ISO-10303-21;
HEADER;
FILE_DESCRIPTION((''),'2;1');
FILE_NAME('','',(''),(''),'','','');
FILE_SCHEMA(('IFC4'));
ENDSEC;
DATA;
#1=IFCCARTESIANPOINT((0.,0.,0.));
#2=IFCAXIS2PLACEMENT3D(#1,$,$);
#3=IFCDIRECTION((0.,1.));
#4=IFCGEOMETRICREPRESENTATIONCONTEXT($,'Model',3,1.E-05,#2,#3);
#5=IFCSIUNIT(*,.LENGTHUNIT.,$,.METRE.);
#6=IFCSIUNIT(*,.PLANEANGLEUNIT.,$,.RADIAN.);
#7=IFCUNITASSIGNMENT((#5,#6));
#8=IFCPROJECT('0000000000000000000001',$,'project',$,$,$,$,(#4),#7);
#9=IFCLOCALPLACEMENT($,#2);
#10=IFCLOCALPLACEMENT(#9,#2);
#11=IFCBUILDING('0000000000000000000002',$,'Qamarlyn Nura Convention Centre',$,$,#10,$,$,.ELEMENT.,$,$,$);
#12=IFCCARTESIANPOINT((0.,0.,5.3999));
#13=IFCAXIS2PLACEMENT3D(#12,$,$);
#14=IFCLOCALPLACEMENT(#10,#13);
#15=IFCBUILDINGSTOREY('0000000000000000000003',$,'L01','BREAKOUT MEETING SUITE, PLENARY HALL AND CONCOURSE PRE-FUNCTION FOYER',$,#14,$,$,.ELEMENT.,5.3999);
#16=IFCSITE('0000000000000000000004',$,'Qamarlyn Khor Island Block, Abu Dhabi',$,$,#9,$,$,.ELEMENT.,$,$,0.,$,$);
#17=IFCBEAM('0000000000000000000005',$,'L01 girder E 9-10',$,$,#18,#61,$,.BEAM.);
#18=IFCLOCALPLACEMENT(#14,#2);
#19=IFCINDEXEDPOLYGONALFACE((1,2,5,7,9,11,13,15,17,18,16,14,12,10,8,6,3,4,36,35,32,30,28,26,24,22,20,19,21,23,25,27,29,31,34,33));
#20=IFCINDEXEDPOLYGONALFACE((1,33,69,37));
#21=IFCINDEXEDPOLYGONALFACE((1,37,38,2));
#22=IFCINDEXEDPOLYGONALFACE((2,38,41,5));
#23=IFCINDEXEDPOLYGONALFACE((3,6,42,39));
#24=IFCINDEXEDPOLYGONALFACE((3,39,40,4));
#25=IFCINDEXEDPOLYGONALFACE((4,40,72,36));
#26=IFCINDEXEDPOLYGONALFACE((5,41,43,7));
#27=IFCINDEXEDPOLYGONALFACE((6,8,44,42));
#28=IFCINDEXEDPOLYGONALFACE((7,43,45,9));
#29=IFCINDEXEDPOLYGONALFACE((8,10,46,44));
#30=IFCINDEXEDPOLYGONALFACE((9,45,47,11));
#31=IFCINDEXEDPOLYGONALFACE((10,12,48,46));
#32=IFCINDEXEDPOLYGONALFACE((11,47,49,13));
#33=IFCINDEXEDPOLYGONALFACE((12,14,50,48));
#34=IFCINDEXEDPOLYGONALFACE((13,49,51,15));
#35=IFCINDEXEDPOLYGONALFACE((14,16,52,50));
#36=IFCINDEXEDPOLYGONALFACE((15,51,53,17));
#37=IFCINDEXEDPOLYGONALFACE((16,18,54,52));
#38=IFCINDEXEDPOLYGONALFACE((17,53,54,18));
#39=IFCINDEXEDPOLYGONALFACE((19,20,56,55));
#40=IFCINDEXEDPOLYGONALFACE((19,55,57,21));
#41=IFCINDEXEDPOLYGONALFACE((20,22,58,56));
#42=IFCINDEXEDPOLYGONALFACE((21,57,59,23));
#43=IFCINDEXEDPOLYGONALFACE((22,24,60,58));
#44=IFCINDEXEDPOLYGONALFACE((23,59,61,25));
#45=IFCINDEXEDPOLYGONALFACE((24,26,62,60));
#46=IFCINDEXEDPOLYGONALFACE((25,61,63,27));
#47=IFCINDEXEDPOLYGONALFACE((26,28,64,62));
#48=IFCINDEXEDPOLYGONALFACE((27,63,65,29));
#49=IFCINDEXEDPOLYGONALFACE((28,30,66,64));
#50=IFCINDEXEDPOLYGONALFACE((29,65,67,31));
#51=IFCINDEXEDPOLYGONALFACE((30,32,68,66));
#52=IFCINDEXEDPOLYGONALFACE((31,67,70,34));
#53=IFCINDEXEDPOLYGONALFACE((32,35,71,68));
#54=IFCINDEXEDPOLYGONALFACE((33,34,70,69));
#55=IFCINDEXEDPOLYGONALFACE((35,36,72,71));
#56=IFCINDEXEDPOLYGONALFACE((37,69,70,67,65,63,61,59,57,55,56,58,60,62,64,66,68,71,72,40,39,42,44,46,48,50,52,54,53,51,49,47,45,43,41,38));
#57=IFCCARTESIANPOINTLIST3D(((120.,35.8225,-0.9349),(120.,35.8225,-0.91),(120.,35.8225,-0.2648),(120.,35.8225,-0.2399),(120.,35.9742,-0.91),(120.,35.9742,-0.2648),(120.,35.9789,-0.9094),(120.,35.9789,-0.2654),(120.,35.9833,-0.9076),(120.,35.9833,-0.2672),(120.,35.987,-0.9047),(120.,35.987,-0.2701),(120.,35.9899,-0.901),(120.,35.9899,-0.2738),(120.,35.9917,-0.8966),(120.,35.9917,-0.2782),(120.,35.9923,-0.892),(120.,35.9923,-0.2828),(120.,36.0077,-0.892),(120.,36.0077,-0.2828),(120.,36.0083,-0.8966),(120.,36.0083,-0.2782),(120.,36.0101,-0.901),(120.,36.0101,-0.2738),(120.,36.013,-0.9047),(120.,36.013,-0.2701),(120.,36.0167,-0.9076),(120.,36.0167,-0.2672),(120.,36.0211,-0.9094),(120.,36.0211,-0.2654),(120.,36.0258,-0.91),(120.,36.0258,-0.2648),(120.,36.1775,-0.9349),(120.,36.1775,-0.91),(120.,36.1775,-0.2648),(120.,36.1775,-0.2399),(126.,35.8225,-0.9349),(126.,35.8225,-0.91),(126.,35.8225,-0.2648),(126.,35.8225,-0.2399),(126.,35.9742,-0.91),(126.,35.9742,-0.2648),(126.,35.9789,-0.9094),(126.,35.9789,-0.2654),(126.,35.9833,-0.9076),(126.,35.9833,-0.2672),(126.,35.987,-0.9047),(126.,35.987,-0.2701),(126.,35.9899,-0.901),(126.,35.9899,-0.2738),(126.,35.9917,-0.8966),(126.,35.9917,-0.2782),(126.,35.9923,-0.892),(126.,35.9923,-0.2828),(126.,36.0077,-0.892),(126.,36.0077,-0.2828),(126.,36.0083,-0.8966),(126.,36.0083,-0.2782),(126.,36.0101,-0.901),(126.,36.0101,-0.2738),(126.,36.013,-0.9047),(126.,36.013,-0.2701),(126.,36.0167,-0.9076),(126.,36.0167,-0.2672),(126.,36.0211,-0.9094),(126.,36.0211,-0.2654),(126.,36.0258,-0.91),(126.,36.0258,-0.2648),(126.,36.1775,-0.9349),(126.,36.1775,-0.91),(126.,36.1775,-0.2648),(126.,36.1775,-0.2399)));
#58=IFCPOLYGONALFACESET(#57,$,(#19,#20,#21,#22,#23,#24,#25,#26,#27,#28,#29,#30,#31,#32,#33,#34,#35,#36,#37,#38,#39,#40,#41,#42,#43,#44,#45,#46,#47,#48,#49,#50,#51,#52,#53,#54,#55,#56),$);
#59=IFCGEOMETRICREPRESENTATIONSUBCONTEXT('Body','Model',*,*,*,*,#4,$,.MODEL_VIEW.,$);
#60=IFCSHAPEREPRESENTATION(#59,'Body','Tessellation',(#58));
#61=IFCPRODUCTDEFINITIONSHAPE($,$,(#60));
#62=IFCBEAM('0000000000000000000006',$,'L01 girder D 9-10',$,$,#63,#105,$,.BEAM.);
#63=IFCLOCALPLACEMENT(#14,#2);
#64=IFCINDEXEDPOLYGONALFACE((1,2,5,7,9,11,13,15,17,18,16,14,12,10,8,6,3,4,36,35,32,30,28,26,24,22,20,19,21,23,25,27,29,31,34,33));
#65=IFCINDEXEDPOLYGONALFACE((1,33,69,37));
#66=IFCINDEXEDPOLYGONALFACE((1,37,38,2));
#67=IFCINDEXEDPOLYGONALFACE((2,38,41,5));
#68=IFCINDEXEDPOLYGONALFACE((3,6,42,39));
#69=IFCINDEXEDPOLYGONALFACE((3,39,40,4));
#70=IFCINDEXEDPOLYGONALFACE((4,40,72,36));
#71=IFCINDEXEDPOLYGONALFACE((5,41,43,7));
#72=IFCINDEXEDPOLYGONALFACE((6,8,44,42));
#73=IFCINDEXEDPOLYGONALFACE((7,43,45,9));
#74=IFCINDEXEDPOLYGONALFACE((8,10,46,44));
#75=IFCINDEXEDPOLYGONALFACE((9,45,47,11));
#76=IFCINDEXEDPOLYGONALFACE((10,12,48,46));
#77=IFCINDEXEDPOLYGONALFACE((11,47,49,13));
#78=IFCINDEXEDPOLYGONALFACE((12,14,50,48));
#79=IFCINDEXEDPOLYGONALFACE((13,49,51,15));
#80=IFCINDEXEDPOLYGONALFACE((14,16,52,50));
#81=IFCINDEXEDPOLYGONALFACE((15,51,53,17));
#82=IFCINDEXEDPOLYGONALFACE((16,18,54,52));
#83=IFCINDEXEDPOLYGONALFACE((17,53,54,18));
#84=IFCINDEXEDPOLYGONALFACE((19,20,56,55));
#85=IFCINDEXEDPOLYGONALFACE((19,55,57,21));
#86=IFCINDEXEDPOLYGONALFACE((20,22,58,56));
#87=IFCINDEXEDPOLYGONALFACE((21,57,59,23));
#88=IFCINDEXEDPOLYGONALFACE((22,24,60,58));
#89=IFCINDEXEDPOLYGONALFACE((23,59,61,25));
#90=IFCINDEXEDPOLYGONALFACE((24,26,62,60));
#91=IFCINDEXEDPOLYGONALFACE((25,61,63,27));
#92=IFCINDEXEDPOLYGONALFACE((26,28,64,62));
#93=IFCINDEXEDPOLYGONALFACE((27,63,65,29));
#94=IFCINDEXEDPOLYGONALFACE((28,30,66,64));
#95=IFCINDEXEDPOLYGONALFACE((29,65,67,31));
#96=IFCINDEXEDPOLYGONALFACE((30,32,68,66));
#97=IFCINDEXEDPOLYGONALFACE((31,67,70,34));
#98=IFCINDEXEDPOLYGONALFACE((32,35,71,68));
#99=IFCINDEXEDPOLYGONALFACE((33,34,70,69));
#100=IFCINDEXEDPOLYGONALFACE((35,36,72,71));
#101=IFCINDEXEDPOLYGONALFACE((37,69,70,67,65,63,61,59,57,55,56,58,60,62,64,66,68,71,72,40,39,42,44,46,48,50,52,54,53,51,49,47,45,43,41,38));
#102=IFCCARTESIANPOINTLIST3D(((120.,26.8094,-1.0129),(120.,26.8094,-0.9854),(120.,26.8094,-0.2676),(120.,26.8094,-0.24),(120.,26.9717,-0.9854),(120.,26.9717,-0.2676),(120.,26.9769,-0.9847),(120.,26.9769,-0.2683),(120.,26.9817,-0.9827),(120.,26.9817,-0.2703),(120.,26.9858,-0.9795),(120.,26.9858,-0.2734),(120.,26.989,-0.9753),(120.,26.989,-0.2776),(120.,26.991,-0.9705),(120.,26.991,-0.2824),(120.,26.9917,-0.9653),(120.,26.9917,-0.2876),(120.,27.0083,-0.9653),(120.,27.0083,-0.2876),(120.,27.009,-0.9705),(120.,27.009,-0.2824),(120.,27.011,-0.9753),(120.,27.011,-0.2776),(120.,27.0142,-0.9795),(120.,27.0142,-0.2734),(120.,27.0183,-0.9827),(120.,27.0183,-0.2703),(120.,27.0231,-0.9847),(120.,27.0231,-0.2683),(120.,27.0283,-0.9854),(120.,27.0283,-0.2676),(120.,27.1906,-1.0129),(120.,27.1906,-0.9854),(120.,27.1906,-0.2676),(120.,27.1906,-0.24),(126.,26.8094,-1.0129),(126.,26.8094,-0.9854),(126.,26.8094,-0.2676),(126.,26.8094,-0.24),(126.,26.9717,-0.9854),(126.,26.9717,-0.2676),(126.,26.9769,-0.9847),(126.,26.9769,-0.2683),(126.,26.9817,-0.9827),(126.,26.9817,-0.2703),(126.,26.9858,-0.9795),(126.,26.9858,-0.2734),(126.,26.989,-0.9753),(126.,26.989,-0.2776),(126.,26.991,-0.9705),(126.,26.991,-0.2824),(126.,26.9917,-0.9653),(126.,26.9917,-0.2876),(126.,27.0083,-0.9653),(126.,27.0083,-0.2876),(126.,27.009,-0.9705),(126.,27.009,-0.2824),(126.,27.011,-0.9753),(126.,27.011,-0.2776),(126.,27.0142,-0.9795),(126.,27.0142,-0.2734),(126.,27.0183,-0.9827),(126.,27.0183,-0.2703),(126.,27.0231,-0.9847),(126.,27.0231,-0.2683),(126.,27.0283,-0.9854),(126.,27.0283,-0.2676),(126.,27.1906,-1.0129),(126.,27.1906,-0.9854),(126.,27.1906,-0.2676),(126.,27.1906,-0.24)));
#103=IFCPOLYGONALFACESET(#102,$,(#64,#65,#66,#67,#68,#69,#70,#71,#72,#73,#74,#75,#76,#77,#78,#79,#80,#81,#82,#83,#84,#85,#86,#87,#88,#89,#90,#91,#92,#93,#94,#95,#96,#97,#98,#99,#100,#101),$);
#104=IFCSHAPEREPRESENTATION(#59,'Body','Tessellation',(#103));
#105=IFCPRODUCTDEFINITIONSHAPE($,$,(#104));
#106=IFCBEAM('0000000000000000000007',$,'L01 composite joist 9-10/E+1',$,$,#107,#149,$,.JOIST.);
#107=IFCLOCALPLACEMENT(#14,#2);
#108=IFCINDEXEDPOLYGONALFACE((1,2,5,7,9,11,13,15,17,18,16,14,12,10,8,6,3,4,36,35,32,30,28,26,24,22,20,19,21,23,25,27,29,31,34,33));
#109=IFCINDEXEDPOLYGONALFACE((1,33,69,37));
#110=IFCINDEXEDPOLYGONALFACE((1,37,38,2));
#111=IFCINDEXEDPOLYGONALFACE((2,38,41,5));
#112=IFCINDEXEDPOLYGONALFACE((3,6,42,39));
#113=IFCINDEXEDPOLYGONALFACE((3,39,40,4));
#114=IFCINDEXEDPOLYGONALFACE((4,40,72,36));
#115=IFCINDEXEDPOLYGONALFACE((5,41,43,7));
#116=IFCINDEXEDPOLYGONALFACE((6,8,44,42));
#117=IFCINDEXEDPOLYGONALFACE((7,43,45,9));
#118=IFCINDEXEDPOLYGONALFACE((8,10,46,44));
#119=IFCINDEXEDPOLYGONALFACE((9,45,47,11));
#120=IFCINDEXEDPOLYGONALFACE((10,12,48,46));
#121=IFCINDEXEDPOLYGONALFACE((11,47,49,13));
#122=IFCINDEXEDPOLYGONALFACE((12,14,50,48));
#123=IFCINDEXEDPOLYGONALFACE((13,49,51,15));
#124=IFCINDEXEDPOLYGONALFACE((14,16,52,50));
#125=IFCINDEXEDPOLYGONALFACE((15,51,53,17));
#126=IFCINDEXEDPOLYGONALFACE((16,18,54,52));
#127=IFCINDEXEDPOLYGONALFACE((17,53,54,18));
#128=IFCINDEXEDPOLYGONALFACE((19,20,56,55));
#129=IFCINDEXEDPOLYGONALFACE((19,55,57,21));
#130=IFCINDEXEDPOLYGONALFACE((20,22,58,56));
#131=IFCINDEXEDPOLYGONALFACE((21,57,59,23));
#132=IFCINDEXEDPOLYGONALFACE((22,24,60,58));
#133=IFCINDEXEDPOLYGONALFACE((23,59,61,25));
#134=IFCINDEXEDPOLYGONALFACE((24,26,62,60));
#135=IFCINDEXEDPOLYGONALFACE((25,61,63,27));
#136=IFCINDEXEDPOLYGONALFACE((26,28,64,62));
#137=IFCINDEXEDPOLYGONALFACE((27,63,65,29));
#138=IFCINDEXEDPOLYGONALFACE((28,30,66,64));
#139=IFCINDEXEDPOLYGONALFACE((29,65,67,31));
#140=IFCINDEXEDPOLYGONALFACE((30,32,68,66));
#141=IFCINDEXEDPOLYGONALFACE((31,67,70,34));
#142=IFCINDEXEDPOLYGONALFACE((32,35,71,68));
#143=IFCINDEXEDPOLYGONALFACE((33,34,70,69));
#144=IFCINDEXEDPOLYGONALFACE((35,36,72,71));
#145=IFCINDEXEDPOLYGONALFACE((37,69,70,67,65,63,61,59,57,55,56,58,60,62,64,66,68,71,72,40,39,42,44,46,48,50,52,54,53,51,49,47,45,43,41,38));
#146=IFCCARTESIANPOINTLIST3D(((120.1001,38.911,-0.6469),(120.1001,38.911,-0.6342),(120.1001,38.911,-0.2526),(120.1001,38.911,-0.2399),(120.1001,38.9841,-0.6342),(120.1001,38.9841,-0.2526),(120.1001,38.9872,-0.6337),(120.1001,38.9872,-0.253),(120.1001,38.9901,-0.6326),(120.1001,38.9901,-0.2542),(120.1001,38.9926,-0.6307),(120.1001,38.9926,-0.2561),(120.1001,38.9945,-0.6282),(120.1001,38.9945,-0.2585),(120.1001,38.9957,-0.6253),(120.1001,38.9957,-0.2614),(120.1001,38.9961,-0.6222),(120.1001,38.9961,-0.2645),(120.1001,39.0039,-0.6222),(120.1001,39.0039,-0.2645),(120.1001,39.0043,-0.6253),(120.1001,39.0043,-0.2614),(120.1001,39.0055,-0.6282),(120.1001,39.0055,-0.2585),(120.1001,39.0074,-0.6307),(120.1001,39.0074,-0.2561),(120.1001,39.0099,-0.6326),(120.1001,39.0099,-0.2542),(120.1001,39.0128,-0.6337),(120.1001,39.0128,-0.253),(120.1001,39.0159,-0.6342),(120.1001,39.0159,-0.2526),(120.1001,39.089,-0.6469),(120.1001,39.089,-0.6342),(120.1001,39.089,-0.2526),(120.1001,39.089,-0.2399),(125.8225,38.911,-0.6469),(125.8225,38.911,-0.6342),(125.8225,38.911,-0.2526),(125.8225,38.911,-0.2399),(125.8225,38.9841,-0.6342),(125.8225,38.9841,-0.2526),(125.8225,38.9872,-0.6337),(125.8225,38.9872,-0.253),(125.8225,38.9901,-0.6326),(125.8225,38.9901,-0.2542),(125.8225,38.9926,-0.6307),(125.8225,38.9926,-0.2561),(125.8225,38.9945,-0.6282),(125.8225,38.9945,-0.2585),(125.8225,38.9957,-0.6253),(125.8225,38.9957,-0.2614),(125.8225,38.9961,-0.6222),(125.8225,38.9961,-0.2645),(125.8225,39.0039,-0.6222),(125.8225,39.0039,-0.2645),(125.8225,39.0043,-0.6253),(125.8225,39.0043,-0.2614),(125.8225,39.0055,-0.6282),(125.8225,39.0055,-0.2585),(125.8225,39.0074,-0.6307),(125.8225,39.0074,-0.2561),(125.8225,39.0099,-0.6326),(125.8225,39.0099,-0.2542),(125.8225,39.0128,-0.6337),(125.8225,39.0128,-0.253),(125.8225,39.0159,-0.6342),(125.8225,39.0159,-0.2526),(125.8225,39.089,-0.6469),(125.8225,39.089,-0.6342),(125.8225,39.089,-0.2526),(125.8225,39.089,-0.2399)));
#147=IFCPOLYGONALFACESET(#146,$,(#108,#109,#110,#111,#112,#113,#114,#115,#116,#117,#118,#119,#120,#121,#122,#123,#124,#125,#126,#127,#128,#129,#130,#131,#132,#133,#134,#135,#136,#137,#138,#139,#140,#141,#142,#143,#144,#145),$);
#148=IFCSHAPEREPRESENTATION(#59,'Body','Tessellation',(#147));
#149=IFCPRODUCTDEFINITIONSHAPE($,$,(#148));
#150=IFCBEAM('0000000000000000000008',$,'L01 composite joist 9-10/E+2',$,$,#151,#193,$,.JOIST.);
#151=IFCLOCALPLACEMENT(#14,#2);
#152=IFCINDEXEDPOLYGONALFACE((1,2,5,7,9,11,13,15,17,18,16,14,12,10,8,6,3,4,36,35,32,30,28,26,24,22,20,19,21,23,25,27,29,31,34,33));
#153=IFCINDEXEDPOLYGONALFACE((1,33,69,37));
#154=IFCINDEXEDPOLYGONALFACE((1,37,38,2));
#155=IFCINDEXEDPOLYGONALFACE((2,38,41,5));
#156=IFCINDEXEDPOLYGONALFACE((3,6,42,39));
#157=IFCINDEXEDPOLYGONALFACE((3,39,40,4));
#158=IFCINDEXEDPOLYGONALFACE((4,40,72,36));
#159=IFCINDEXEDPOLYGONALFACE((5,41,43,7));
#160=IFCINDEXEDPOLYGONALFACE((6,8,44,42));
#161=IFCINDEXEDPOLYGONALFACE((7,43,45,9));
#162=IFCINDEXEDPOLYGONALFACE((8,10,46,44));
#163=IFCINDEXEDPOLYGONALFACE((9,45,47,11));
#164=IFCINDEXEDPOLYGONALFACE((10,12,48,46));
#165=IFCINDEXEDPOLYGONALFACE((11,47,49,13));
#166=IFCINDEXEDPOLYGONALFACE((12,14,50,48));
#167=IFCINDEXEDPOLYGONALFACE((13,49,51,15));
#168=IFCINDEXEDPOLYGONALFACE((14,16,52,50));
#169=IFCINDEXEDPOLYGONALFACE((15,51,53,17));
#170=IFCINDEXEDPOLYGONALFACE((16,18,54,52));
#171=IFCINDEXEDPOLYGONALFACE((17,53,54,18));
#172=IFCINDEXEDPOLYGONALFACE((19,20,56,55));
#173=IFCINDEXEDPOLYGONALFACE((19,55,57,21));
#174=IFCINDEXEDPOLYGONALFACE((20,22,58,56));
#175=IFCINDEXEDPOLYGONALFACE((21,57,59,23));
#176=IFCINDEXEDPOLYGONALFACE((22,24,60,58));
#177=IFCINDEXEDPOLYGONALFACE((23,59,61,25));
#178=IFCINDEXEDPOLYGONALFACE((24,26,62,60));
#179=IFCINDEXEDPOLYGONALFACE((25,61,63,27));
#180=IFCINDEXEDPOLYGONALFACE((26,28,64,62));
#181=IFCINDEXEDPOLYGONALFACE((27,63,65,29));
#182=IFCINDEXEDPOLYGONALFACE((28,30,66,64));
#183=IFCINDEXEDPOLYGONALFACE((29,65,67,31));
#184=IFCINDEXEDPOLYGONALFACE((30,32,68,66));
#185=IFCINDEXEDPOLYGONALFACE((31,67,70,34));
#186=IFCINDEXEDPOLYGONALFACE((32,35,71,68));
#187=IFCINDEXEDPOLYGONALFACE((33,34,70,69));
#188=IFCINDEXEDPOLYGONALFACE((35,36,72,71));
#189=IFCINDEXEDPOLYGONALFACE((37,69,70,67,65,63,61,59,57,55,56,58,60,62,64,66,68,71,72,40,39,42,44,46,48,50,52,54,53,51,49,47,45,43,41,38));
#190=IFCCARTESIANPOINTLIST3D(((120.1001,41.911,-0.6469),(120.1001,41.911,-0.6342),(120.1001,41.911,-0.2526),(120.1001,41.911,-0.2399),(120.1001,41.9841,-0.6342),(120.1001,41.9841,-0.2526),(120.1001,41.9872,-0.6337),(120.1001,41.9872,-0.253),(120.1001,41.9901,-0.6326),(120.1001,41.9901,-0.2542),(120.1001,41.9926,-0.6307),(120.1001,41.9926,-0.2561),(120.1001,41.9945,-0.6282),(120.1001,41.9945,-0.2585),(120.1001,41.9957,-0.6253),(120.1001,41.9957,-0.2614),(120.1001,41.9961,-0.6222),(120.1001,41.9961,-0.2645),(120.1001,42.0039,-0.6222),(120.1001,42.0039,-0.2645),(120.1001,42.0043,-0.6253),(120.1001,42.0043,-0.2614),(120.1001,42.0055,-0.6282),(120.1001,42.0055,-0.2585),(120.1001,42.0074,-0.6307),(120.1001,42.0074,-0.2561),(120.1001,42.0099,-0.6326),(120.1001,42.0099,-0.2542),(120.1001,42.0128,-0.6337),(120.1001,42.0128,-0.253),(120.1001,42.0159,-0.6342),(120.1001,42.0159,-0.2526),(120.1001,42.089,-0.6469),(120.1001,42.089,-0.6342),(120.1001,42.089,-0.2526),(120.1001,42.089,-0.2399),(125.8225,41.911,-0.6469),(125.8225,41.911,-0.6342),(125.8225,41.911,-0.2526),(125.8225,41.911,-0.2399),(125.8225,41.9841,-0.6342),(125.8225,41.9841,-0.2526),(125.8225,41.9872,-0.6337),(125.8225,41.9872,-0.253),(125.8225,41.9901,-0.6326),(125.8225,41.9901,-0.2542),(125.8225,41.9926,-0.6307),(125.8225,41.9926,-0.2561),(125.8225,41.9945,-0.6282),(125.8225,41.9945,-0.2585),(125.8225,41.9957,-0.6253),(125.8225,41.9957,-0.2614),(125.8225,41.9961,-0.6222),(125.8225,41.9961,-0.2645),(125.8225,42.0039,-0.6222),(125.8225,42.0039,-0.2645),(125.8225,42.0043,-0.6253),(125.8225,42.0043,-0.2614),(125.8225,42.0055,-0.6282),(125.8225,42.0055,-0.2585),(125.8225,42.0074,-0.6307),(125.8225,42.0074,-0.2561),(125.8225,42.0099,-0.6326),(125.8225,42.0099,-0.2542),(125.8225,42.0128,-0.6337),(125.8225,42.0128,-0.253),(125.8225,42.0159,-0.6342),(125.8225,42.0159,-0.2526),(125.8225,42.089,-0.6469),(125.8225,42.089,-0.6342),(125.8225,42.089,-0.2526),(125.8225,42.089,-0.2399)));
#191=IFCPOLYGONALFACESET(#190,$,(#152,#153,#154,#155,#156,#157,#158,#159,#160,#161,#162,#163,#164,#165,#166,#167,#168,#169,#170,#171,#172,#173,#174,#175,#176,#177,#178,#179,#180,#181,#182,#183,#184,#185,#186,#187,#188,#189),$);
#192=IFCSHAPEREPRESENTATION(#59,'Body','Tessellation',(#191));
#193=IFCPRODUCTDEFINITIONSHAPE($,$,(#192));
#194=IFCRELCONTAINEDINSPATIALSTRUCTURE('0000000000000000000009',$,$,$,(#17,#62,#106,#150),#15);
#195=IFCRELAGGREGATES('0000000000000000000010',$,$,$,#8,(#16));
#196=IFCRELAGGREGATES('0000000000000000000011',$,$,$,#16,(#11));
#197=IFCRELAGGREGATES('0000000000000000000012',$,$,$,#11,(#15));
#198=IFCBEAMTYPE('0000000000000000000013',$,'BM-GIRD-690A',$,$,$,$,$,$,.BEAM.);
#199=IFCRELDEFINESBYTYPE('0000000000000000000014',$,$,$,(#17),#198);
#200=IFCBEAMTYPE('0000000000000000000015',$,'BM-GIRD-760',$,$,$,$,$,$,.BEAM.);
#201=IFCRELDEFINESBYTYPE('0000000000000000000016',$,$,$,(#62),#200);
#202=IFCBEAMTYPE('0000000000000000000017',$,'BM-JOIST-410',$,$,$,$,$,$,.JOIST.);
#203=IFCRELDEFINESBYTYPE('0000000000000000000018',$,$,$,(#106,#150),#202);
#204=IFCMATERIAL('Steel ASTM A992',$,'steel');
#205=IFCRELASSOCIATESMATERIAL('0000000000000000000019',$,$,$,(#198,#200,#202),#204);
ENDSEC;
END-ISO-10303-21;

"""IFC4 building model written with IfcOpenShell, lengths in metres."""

from ifc_helpers import new_model, si_unit, direction, frame, origin, origin_2d, place, context, subcontext, project, spatial, i_section, extrude, material, material_profile, profile_set, type_object, element, save


model = new_model("IFC4")

# Units and contexts
model_context = context("Model", 3, precision=1e-05, world=origin(), true_north=direction((0.0, 1.0)))
body_context = subcontext(model_context, "Body", "Model", "MODEL_VIEW")
ifc_project = project(units=[si_unit("LENGTHUNIT", "METRE"), si_unit("PLANEANGLEUNIT", "RADIAN")], contexts=[model_context])

# Site, building, storey
site_placement = place(None, origin())
site = spatial("IfcSite", under=ifc_project, at=site_placement, Name="Qamarlyn Khor Island Block, Abu Dhabi", CompositionType="ELEMENT", RefElevation=0.0)
building_placement = place(site_placement, origin())
building = spatial("IfcBuilding", under=site, at=building_placement, Name="Qamarlyn Nura Convention Centre", CompositionType="ELEMENT")
storey_placement = place(building_placement, frame((0.0, 0.0, 5.3999)))
storey = spatial("IfcBuildingStorey", under=building, at=storey_placement, Name="L01", Description="BREAKOUT MEETING SUITE, PLENARY HALL AND CONCOURSE PRE-FUNCTION FOYER", CompositionType="ELEMENT", Elevation=5.3999)

# Shared definitions
ifc_material_1 = material(Name="Steel ASTM A992", Category="steel")

# Beams
ifc_material_profile_1 = material_profile(ifc_material_1, i_section(OverallWidth=0.355, OverallDepth=0.6951, WebThickness=0.0154, FlangeThickness=0.0249, FilletRadius=0.0181, at=origin_2d()), Name="W690X217")
ifc_profile_set_1 = profile_set([ifc_material_profile_1], Name="Steel ASTM A992")
beam_type_1 = type_object("IfcBeamType", Name="BM-GIRD-690A", PredefinedType="BEAM", material=ifc_profile_set_1)
beam_1_placement = place(storey_placement, frame((120.0, 36.0, -0.5874), z_axis=(1.0, 0.0, 0.0), x_axis=(0.0, 1.0, 0.0)))
element("IfcBeam", 1, at=beam_1_placement, inside=storey, type_object=beam_type_1, Name="L01 girder E 9-10", PredefinedType="BEAM", context=body_context, shape_type="SweptSolid", body=[
    extrude(i_section(OverallWidth=0.355, OverallDepth=0.6951, WebThickness=0.0154, FlangeThickness=0.0249, FilletRadius=0.0181, at=origin_2d()), origin(), (0.0, 0.0, 1.0), 6.0),
])
ifc_material_profile_2 = material_profile(ifc_material_1, i_section(OverallWidth=0.3811, OverallDepth=0.7729, WebThickness=0.0166, FlangeThickness=0.0276, FilletRadius=0.02, at=origin_2d()), Name="W760X257")
ifc_profile_set_2 = profile_set([ifc_material_profile_2], Name="Steel ASTM A992")
beam_type_2 = type_object("IfcBeamType", Name="BM-GIRD-760", PredefinedType="BEAM", material=ifc_profile_set_2)
beam_2_placement = place(storey_placement, frame((120.0, 27.0, -0.6265), z_axis=(1.0, 0.0, 0.0), x_axis=(0.0, 1.0, 0.0)))
element("IfcBeam", 2, at=beam_2_placement, inside=storey, type_object=beam_type_2, Name="L01 girder D 9-10", PredefinedType="BEAM", context=body_context, shape_type="SweptSolid", body=[
    extrude(i_section(OverallWidth=0.3811, OverallDepth=0.7729, WebThickness=0.0166, FlangeThickness=0.0276, FilletRadius=0.02, at=origin_2d()), origin(), (0.0, 0.0, 1.0), 6.0),
])
ifc_material_profile_3 = material_profile(ifc_material_1, i_section(OverallWidth=0.178, OverallDepth=0.407, WebThickness=0.0078, FlangeThickness=0.0127, FilletRadius=0.012, at=origin_2d()), Name="W410X60")
ifc_profile_set_3 = profile_set([ifc_material_profile_3], Name="Steel ASTM A992")
beam_type_3 = type_object("IfcBeamType", Name="BM-JOIST-410", PredefinedType="JOIST", material=ifc_profile_set_3)
for number, where, z_axis, x_axis, name in (
    (3, (120.1001, 39.0, -0.4434), (1.0, 0.0, 0.0), (0.0, 1.0, 0.0), "L01 composite joist 9-10/E+1"),
    (4, (120.1001, 42.0, -0.4434), (1.0, 0.0, 0.0), (0.0, 1.0, 0.0), "L01 composite joist 9-10/E+2"),
):
    element("IfcBeam", number, at=place(storey_placement, frame(where, z_axis=z_axis, x_axis=x_axis)), inside=storey, type_object=beam_type_3, Name=name, PredefinedType="JOIST", context=body_context, shape_type="SweptSolid", body=[
        extrude(i_section(OverallWidth=0.178, OverallDepth=0.407, WebThickness=0.0078, FlangeThickness=0.0127, FilletRadius=0.012, at=origin_2d()), origin(), (0.0, 0.0, 1.0), 5.7224),
    ])

save(model, "model.ifc")
